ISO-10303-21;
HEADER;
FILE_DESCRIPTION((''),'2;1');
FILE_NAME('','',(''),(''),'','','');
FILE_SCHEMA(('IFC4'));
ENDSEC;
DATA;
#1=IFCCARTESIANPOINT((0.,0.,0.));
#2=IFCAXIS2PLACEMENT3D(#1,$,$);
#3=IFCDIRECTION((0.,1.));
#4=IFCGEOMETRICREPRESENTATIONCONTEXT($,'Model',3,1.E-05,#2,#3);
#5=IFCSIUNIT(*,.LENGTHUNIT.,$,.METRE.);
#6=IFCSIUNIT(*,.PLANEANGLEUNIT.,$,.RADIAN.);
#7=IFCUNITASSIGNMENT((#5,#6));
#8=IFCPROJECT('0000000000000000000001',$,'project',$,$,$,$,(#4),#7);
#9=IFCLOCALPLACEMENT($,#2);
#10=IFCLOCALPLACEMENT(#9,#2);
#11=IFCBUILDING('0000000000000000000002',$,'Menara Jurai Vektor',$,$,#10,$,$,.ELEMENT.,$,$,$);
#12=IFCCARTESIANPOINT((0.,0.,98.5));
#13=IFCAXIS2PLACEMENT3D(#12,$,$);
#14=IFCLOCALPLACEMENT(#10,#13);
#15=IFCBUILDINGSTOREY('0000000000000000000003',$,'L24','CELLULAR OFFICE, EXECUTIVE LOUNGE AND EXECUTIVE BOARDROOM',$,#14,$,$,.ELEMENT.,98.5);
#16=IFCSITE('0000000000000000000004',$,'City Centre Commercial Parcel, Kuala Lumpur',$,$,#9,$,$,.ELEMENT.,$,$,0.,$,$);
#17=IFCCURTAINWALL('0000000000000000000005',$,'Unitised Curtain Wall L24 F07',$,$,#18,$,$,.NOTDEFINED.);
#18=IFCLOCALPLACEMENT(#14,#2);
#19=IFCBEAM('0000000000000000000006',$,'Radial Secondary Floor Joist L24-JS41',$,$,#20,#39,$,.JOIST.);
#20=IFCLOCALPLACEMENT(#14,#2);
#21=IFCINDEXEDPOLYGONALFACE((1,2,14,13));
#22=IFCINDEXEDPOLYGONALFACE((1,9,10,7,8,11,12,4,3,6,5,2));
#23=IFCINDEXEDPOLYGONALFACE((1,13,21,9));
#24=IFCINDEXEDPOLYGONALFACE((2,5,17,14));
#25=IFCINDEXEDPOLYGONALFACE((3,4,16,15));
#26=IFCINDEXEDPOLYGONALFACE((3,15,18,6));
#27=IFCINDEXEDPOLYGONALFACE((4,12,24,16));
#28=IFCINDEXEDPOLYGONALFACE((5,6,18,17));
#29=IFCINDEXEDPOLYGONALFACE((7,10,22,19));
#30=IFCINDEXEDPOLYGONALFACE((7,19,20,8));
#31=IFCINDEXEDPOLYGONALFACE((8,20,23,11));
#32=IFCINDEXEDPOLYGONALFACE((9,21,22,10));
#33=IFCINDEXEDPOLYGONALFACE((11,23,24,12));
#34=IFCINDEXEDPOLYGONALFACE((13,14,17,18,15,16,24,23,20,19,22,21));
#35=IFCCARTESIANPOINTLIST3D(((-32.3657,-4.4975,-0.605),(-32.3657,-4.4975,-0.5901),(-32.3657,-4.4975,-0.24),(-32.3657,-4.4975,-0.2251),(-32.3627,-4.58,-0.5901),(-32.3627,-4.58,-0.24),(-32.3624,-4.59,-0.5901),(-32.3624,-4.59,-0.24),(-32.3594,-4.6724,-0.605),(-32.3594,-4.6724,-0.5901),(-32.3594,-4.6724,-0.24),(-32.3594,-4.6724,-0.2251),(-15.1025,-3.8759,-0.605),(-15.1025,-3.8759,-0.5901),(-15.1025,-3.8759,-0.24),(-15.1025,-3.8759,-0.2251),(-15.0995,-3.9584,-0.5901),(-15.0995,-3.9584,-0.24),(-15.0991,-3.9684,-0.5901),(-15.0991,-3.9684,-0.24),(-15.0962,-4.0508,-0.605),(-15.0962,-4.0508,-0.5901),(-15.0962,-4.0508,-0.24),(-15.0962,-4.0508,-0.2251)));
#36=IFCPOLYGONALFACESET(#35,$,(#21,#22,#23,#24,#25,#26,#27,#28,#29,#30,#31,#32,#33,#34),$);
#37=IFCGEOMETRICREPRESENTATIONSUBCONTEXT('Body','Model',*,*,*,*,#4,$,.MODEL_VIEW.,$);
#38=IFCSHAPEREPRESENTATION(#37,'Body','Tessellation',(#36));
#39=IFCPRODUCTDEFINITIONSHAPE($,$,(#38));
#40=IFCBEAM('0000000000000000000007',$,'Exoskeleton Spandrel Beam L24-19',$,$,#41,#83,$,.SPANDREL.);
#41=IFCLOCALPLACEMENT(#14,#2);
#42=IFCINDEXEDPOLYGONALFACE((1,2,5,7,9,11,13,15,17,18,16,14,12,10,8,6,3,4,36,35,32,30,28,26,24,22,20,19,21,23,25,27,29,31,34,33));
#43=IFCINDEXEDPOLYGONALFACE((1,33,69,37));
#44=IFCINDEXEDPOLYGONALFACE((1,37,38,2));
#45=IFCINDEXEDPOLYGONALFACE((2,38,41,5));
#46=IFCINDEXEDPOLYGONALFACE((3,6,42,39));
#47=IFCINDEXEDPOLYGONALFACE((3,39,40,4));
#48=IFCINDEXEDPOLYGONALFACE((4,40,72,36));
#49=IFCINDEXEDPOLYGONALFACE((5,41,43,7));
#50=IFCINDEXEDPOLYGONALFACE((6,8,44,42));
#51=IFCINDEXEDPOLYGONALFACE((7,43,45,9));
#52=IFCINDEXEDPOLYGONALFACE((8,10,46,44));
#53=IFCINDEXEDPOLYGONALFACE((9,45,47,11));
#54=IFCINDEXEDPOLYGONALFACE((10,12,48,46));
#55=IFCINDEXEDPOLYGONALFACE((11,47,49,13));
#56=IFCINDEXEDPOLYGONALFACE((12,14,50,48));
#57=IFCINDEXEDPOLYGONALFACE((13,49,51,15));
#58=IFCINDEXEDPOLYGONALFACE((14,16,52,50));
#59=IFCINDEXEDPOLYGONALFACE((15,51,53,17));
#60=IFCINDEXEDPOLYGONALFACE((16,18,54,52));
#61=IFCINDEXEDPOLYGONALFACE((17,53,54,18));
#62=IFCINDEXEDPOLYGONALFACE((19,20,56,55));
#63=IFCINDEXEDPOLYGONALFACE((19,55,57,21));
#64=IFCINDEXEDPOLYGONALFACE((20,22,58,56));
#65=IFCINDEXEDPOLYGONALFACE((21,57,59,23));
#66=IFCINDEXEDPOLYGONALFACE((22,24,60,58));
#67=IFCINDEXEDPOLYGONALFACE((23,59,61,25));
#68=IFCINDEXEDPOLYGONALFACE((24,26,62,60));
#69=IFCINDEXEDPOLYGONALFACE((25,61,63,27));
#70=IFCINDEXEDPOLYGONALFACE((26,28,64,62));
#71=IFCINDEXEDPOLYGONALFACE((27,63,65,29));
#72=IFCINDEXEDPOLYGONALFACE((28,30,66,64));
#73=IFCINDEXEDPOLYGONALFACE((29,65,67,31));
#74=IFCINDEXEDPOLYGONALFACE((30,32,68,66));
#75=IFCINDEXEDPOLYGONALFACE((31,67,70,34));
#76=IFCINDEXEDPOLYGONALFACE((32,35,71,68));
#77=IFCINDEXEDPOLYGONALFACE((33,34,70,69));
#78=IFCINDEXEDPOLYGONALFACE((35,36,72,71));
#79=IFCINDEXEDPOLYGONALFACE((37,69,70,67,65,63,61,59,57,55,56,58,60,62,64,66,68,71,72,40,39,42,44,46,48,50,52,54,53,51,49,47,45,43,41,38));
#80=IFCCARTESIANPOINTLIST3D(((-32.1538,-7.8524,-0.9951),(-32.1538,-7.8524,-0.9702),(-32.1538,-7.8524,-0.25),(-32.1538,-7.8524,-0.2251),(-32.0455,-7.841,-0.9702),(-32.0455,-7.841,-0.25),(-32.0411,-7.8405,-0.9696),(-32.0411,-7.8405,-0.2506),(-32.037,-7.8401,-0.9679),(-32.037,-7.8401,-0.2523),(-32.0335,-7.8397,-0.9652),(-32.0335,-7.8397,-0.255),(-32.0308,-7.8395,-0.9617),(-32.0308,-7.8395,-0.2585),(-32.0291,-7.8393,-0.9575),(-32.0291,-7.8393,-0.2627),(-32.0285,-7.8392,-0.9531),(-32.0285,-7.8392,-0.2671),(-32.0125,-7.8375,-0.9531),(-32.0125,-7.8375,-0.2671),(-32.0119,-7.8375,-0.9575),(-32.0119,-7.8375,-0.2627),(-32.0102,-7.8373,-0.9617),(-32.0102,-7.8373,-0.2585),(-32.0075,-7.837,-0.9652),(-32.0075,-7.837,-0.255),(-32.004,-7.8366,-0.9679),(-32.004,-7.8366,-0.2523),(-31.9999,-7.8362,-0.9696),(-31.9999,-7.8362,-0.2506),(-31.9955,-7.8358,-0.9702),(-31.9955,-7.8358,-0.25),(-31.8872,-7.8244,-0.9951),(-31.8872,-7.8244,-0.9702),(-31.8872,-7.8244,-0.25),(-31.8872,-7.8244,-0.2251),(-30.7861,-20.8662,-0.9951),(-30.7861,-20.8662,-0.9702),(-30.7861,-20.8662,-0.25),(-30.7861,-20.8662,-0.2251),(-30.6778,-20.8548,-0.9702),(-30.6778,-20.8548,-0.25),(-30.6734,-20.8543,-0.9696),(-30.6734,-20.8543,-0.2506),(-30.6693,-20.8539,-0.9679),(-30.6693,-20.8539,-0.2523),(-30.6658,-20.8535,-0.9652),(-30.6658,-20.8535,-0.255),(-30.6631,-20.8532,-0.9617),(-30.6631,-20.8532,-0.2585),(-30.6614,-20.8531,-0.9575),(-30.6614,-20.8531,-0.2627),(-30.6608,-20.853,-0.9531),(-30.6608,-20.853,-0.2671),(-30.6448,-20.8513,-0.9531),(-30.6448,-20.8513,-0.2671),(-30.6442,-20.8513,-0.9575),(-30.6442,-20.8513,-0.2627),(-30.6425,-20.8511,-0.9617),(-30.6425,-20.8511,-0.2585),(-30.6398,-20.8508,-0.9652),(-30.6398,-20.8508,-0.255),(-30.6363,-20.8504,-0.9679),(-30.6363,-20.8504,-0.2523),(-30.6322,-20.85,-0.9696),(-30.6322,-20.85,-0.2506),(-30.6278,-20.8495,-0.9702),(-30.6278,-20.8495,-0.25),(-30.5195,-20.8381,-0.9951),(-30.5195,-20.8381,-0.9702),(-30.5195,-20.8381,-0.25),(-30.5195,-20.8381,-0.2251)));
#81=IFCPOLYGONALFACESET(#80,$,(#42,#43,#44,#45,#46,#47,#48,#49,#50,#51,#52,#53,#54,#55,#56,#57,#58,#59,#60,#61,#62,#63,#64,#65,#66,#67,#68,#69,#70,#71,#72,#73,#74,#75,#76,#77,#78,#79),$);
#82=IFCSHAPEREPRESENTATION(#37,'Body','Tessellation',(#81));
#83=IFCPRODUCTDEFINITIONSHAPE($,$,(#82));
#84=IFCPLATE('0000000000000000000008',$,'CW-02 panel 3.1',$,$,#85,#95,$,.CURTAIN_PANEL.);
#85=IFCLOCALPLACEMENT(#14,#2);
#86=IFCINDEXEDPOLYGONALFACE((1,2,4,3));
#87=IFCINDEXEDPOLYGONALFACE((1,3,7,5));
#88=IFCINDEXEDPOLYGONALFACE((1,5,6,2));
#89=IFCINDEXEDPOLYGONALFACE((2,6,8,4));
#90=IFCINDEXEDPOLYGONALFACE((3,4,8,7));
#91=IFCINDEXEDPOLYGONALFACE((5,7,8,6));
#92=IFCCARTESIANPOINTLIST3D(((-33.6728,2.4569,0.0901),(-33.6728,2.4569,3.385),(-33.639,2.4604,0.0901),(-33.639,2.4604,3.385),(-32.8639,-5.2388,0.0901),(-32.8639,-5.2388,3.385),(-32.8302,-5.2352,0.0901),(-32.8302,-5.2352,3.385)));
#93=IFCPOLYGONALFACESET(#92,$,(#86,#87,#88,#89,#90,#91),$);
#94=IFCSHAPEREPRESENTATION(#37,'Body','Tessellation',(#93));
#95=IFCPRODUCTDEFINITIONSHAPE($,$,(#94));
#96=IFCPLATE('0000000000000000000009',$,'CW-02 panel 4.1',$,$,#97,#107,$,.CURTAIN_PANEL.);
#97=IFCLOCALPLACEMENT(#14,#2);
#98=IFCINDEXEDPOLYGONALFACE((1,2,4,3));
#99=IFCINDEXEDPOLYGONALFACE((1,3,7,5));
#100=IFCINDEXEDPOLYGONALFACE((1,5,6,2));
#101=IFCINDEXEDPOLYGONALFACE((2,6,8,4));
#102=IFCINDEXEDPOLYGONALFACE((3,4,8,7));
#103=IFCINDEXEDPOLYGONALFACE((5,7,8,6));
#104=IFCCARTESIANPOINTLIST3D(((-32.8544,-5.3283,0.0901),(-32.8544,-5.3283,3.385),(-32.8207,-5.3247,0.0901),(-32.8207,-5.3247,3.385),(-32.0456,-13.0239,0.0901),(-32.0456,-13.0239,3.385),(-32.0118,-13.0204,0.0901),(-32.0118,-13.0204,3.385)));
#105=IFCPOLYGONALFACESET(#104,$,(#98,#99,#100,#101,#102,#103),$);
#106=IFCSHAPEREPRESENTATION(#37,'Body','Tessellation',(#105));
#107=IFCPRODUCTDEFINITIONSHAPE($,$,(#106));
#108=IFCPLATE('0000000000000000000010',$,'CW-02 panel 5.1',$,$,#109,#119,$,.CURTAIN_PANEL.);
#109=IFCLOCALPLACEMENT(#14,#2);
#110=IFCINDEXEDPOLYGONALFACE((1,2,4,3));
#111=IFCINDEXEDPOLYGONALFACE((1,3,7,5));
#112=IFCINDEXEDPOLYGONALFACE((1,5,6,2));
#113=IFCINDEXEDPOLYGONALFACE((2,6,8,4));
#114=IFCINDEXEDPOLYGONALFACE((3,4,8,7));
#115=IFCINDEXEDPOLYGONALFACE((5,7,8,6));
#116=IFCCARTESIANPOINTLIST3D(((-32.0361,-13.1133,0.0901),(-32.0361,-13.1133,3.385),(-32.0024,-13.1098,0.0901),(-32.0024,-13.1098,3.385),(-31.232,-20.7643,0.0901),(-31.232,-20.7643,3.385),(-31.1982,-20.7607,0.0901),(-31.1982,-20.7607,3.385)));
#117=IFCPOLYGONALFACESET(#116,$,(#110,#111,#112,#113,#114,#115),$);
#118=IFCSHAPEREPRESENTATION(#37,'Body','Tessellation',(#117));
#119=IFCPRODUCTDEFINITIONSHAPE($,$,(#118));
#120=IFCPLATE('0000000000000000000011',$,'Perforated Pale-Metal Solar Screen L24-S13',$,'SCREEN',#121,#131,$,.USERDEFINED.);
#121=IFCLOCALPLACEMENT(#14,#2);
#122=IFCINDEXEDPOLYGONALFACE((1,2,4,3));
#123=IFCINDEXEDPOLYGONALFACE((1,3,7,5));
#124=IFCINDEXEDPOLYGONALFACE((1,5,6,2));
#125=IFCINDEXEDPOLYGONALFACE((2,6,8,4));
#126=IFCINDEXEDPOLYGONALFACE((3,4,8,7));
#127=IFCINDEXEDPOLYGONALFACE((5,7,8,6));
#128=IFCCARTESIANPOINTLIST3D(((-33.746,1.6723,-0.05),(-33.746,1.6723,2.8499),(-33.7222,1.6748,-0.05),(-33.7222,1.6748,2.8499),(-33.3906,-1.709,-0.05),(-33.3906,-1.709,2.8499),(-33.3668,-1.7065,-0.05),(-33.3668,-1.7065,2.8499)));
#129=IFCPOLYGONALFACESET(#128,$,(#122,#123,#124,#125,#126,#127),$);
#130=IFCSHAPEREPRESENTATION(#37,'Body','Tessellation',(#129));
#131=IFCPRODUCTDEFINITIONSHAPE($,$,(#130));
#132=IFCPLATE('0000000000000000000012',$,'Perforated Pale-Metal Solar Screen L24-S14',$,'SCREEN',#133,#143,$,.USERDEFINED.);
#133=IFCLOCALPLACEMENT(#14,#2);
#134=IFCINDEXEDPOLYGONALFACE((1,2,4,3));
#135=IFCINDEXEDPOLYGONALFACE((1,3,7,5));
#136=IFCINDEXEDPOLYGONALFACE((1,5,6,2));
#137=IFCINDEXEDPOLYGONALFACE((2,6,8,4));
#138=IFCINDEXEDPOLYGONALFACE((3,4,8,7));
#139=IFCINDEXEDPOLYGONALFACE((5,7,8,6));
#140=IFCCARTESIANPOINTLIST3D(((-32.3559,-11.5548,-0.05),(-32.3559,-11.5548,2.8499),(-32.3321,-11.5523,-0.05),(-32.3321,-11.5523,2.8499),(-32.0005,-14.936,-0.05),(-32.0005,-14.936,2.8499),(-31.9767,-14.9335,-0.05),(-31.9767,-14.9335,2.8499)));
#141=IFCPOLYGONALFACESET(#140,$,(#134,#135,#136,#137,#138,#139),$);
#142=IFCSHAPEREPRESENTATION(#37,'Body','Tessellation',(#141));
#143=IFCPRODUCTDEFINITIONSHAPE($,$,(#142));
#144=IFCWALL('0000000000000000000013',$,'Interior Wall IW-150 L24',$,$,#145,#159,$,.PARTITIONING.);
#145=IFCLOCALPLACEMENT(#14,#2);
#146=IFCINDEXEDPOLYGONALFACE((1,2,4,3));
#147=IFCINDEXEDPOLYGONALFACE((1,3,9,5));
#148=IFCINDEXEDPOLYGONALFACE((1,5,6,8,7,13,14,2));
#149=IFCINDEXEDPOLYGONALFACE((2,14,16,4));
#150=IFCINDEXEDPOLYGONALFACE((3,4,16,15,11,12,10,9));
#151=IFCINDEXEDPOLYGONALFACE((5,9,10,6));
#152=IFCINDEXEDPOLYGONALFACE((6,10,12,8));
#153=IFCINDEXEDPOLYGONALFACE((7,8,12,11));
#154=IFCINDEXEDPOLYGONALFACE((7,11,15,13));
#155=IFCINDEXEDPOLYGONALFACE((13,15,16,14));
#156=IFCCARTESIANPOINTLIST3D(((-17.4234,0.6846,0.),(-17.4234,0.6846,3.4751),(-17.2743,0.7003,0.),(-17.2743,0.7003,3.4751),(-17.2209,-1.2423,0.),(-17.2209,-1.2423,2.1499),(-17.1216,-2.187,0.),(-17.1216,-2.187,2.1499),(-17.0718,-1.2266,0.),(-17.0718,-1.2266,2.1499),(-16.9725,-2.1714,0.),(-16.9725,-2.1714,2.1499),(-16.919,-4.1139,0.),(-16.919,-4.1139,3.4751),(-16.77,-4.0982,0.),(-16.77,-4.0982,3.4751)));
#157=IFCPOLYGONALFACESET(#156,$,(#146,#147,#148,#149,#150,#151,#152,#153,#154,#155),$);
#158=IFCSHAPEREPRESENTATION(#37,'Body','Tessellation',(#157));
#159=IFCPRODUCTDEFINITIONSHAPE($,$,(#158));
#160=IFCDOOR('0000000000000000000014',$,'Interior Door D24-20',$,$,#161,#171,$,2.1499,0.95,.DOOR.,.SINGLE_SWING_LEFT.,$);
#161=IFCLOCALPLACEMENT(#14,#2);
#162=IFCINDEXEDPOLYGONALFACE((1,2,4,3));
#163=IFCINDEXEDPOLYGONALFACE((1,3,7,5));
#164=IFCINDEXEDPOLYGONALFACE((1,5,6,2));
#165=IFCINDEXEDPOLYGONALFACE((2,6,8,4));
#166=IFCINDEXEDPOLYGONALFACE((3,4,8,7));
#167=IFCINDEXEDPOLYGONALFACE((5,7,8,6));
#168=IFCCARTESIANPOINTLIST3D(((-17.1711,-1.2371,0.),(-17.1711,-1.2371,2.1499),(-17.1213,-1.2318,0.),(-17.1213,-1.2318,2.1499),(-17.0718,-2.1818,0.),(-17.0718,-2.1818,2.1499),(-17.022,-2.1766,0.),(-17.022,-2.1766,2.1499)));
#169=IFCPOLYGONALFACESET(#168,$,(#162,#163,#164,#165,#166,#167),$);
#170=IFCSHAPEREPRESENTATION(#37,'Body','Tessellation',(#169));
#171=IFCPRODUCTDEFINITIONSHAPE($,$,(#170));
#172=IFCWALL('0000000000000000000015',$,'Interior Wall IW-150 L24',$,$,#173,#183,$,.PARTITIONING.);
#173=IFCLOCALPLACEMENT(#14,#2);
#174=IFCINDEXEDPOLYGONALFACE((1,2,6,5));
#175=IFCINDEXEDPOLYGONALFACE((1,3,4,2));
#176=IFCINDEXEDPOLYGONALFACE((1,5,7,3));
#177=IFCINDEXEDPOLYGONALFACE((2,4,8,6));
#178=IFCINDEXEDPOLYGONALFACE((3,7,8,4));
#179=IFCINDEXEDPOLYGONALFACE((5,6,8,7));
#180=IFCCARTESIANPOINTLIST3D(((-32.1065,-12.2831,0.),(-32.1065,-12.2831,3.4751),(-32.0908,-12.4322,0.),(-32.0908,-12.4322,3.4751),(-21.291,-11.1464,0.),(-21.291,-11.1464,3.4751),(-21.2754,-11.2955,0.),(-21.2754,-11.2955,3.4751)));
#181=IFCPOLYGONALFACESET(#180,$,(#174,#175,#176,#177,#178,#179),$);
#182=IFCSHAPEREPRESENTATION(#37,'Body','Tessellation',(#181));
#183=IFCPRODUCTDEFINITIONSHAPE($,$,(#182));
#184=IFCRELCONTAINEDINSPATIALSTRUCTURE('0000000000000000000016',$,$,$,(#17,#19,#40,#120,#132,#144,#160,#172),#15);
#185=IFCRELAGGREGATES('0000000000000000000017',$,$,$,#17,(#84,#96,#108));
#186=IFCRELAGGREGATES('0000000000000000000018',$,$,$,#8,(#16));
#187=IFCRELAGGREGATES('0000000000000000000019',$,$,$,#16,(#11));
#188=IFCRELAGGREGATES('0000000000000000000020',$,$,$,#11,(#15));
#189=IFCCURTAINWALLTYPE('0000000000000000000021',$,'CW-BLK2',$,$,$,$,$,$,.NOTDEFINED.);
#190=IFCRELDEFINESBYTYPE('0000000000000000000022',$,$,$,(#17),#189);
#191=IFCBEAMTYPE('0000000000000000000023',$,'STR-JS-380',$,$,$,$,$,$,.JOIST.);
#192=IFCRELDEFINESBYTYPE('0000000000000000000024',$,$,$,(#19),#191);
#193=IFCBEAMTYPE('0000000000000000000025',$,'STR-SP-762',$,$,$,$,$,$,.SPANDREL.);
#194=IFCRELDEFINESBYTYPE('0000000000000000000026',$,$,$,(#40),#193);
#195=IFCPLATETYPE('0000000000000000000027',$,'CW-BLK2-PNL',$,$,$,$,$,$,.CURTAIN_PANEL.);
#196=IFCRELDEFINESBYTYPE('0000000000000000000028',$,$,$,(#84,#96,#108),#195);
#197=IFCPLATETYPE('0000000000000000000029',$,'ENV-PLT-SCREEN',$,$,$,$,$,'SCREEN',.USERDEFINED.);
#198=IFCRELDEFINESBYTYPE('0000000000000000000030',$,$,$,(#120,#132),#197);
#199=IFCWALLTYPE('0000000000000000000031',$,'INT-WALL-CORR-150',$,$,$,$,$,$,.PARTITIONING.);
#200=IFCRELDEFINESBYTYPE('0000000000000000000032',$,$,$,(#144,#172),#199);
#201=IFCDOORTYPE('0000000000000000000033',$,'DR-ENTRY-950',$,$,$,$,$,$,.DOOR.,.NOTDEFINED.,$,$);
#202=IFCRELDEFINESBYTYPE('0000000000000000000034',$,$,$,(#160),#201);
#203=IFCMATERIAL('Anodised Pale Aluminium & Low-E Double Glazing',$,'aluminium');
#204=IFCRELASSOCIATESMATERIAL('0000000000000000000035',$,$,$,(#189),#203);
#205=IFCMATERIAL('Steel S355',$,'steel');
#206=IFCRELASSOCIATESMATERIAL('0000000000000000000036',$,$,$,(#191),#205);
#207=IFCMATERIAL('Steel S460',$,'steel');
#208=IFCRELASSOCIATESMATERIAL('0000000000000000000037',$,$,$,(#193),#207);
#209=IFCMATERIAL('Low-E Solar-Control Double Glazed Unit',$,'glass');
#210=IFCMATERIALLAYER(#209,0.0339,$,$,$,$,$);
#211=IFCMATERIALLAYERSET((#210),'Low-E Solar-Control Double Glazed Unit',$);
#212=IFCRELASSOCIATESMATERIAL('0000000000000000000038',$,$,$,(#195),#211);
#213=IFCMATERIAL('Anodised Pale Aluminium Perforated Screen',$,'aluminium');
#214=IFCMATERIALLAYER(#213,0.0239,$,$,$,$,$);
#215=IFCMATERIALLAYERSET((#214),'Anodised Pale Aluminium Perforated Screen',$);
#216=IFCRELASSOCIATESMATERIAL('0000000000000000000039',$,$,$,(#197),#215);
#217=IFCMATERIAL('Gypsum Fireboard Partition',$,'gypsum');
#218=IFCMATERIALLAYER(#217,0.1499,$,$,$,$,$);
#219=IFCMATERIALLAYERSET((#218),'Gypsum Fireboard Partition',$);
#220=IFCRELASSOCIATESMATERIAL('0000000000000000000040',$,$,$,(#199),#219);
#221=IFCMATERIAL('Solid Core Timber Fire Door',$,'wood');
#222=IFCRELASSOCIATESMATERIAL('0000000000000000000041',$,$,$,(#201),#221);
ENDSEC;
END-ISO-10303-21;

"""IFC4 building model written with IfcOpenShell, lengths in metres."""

from ifc_helpers import new_model, si_unit, direction, frame, frame_2d, origin, origin_2d, place, context, subcontext, project, spatial, rectangle, i_section, extrude, material, layer, layer_set, material_profile, profile_set, type_object, element, fill, aggregate, save


model = new_model("IFC4")

# Units and contexts
model_context = context("Model", 3, precision=1e-05, world=origin(), true_north=direction((0.0, 1.0)))
body_context = subcontext(model_context, "Body", "Model", "MODEL_VIEW")
ifc_project = project(units=[si_unit("LENGTHUNIT", "METRE"), si_unit("PLANEANGLEUNIT", "RADIAN")], contexts=[model_context])

# Site, building, storey
site_placement = place(None, origin())
site = spatial("IfcSite", under=ifc_project, at=site_placement, Name="City Centre Commercial Parcel, Kuala Lumpur", CompositionType="ELEMENT", RefElevation=0.0)
building_placement = place(site_placement, origin())
building = spatial("IfcBuilding", under=site, at=building_placement, Name="Menara Jurai Vektor", CompositionType="ELEMENT")
storey_placement = place(building_placement, frame((0.0, 0.0, 98.5)))
storey = spatial("IfcBuildingStorey", under=building, at=storey_placement, Name="L24", Description="CELLULAR OFFICE, EXECUTIVE LOUNGE AND EXECUTIVE BOARDROOM", CompositionType="ELEMENT", Elevation=98.5)

# Shared definitions
ifc_material_1 = material(Name="Steel S460", Category="steel")

# Curtain wall
ifc_material_2 = material(Name="Anodised Pale Aluminium & Low-E Double Glazing", Category="aluminium")
curtain_wall_type = type_object("IfcCurtainWallType", Name="CW-BLK2", PredefinedType="NOTDEFINED", material=ifc_material_2)
curtain_wall_placement = place(storey_placement, origin())
curtain_wall = element("IfcCurtainWall", 1, at=curtain_wall_placement, inside=storey, type_object=curtain_wall_type, Name="Unitised Curtain Wall L24 F07", PredefinedType="NOTDEFINED")

# Beams
ifc_material_3 = material(Name="Steel S355", Category="steel")
ifc_material_profile_1 = material_profile(ifc_material_3, i_section(OverallWidth=0.175, OverallDepth=0.3799, WebThickness=0.01, FlangeThickness=0.0149, at=origin_2d()), Name="PG 380x175x58")
ifc_profile_set_1 = profile_set([ifc_material_profile_1], Name="Steel S355")
beam_type_1 = type_object("IfcBeamType", Name="STR-JS-380", PredefinedType="JOIST", material=ifc_profile_set_1)
beam_1_placement = place(storey_placement, frame((-32.3625, -4.585, -0.415), z_axis=(0.999352, 0.035983, 0.0), x_axis=(-0.035983, 0.999352, 0.0)))
element("IfcBeam", 2, at=beam_1_placement, inside=storey, type_object=beam_type_1, Name="Radial Secondary Floor Joist L24-JS41", PredefinedType="JOIST", context=body_context, shape_type="SweptSolid", body=[
    extrude(i_section(OverallWidth=0.175, OverallDepth=0.3799, WebThickness=0.01, FlangeThickness=0.0149, at=origin_2d()), origin(), (0.0, 0.0, 1.0), 17.2744),
])
ifc_material_profile_2 = material_profile(ifc_material_1, i_section(OverallWidth=0.2681, OverallDepth=0.77, WebThickness=0.0161, FlangeThickness=0.0249, FilletRadius=0.0171, at=origin_2d()), Name="UKB 762x267x197")
ifc_profile_set_2 = profile_set([ifc_material_profile_2], Name="Steel S460")
beam_type_2 = type_object("IfcBeamType", Name="STR-SP-762", PredefinedType="SPANDREL", material=ifc_profile_set_2)
beam_2_placement = place(storey_placement, frame((-32.0205, -7.8384, -0.6101), z_axis=(0.10452, -0.994523, 0.0), x_axis=(0.994523, 0.10452, 0.0)))
element("IfcBeam", 3, at=beam_2_placement, inside=storey, type_object=beam_type_2, Name="Exoskeleton Spandrel Beam L24-19", PredefinedType="SPANDREL", context=body_context, shape_type="SweptSolid", body=[
    extrude(i_section(OverallWidth=0.2681, OverallDepth=0.77, WebThickness=0.0161, FlangeThickness=0.0249, FilletRadius=0.0171, at=origin_2d()), origin(), (0.0, 0.0, 1.0), 13.0854),
])

# Plates
ifc_material_4 = material(Name="Low-E Solar-Control Double Glazed Unit", Category="glass")
ifc_layer_1 = layer(ifc_material_4, 0.0339)
ifc_layer_set_1 = layer_set([ifc_layer_1], Name="Low-E Solar-Control Double Glazed Unit")
plate_type_1 = type_object("IfcPlateType", Name="CW-BLK2-PNL", PredefinedType="CURTAIN_PANEL", material=ifc_layer_set_1)
plate_1_placement = place(storey_placement, frame((-33.2515, -1.3892, 0.0901), z_axis=(0.0, 0.0, 1.0), x_axis=(0.10453, -0.994522, 0.0)))
plate_1 = element("IfcPlate", 4, at=plate_1_placement, type_object=plate_type_1, Name="CW-02 panel 3.1", PredefinedType="CURTAIN_PANEL", context=body_context, shape_type="SweptSolid", body=[
    extrude(rectangle(XDim=7.738, YDim=0.0339, at=origin_2d()), origin(), (0.0, 0.0, 1.0), 3.2949),
])
plate_2_placement = place(storey_placement, frame((-32.4331, -9.1743, 0.0901), z_axis=(0.0, 0.0, 1.0), x_axis=(0.10453, -0.994522, 0.0)))
plate_2 = element("IfcPlate", 5, at=plate_2_placement, type_object=plate_type_1, Name="CW-02 panel 4.1", PredefinedType="CURTAIN_PANEL", context=body_context, shape_type="SweptSolid", body=[
    extrude(rectangle(XDim=7.738, YDim=0.0339, at=origin_2d()), origin(), (0.0, 0.0, 1.0), 3.2949),
])
plate_3_placement = place(storey_placement, frame((-31.6172, -16.937, 0.0901), z_axis=(0.0, 0.0, 1.0), x_axis=(0.10453, -0.994522, 0.0)))
plate_3 = element("IfcPlate", 6, at=plate_3_placement, type_object=plate_type_1, Name="CW-02 panel 5.1", PredefinedType="CURTAIN_PANEL", context=body_context, shape_type="SweptSolid", body=[
    extrude(rectangle(XDim=7.6931, YDim=0.0339, at=origin_2d()), origin(), (0.0, 0.0, 1.0), 3.2949),
])
aggregate(curtain_wall, [plate_1, plate_2, plate_3])

# Plates
ifc_material_5 = material(Name="Anodised Pale Aluminium Perforated Screen", Category="aluminium")
ifc_layer_2 = layer(ifc_material_5, 0.0239)
ifc_layer_set_2 = layer_set([ifc_layer_2], Name="Anodised Pale Aluminium Perforated Screen")
plate_type_2 = type_object("IfcPlateType", Name="ENV-PLT-SCREEN", ElementType="SCREEN", PredefinedType="USERDEFINED", material=ifc_layer_set_2)
for number, where, z_axis, x_axis, name in (
    (7, (-33.5564, -0.0171, -0.05), (0.0, 0.0, 1.0), (0.104528, -0.994522, 0.0), "Perforated Pale-Metal Solar Screen L24-S13"),
    (8, (-32.1663, -13.2441, -0.05), (0.0, 0.0, 1.0), (0.104528, -0.994522, 0.0), "Perforated Pale-Metal Solar Screen L24-S14"),
):
    element("IfcPlate", number, at=place(storey_placement, frame(where, z_axis=z_axis, x_axis=x_axis)), inside=storey, type_object=plate_type_2, Name=name, ObjectType="SCREEN", PredefinedType="USERDEFINED", context=body_context, shape_type="SweptSolid", body=[
        extrude(rectangle(XDim=3.3999, YDim=0.0239, at=origin_2d()), origin(), (0.0, 0.0, 1.0), 2.8999),
    ])

# Wall, opening, door
ifc_material_6 = material(Name="Gypsum Fireboard Partition", Category="gypsum")
ifc_layer_3 = layer(ifc_material_6, 0.1499)
ifc_layer_set_3 = layer_set([ifc_layer_3], Name="Gypsum Fireboard Partition")
wall_type_1 = type_object("IfcWallType", Name="INT-WALL-CORR-150", PredefinedType="PARTITIONING", material=ifc_layer_set_3)
ifc_material_7 = material(Name="Solid Core Timber Fire Door", Category="wood")
door_type = type_object("IfcDoorType", Name="DR-ENTRY-950", OperationType="NOTDEFINED", PredefinedType="DOOR", material=ifc_material_7)
wall_1_placement = place(storey_placement, frame((-16.8445, -4.1062, 0.0), z_axis=(0.0, 0.0, 1.0), x_axis=(-0.104537, 0.994521, 0.0)))
wall_1 = element("IfcWall", 9, at=wall_1_placement, inside=storey, type_object=wall_type_1, Name="Interior Wall IW-150 L24", PredefinedType="PARTITIONING", context=body_context, shape_type="SweptSolid", body=[
    extrude(rectangle(XDim=4.825, YDim=0.1499, at=frame_2d((2.4126, 0.0))), origin(), (0.0, 0.0, 1.0), 3.4751),
])
opening_1_placement = place(wall_1_placement, frame((1.9375, 0.0, 0.0)))
opening_1 = element("IfcOpeningElement", 10, at=opening_1_placement, cuts=wall_1, PredefinedType="OPENING", context=body_context, shape_type="SweptSolid", body=[
    extrude(rectangle(XDim=0.95, YDim=2.1499, at=frame_2d((0.4751, 1.075))), frame((0.0, 0.085, 0.0), z_axis=(0.0, -1.0, 0.0), x_axis=(1.0, 0.0, 0.0)), (0.0, 0.0, 1.0), 0.1699),
])
door_1_placement = place(opening_1_placement, origin())
door_1 = element("IfcDoor", 11, at=door_1_placement, inside=storey, type_object=door_type, Name="Interior Door D24-20", OperationType="SINGLE_SWING_LEFT", OverallHeight=2.1499, OverallWidth=0.95, PredefinedType="DOOR", context=body_context, shape_type="SweptSolid", body=[
    extrude(rectangle(XDim=0.95, YDim=2.1499, at=frame_2d((0.4751, 1.075))), frame((0.0, 0.0249, 0.0), z_axis=(0.0, -1.0, 0.0), x_axis=(1.0, 0.0, 0.0)), (0.0, 0.0, 1.0), 0.05),
])
fill(opening_1, door_1)

# Wall
wall_2_placement = place(storey_placement, frame((-32.0986, -12.3577, 0.0), z_axis=(0.0, 0.0, 1.0), x_axis=(0.994522, 0.104526, 0.0)))
element("IfcWall", 12, at=wall_2_placement, inside=storey, type_object=wall_type_1, Name="Interior Wall IW-150 L24", PredefinedType="PARTITIONING", context=body_context, shape_type="SweptSolid", body=[
    extrude(rectangle(XDim=10.875, YDim=0.1499, at=frame_2d((5.4375, 0.0))), origin(), (0.0, 0.0, 1.0), 3.4751),
])

save(model, "model.ifc")
